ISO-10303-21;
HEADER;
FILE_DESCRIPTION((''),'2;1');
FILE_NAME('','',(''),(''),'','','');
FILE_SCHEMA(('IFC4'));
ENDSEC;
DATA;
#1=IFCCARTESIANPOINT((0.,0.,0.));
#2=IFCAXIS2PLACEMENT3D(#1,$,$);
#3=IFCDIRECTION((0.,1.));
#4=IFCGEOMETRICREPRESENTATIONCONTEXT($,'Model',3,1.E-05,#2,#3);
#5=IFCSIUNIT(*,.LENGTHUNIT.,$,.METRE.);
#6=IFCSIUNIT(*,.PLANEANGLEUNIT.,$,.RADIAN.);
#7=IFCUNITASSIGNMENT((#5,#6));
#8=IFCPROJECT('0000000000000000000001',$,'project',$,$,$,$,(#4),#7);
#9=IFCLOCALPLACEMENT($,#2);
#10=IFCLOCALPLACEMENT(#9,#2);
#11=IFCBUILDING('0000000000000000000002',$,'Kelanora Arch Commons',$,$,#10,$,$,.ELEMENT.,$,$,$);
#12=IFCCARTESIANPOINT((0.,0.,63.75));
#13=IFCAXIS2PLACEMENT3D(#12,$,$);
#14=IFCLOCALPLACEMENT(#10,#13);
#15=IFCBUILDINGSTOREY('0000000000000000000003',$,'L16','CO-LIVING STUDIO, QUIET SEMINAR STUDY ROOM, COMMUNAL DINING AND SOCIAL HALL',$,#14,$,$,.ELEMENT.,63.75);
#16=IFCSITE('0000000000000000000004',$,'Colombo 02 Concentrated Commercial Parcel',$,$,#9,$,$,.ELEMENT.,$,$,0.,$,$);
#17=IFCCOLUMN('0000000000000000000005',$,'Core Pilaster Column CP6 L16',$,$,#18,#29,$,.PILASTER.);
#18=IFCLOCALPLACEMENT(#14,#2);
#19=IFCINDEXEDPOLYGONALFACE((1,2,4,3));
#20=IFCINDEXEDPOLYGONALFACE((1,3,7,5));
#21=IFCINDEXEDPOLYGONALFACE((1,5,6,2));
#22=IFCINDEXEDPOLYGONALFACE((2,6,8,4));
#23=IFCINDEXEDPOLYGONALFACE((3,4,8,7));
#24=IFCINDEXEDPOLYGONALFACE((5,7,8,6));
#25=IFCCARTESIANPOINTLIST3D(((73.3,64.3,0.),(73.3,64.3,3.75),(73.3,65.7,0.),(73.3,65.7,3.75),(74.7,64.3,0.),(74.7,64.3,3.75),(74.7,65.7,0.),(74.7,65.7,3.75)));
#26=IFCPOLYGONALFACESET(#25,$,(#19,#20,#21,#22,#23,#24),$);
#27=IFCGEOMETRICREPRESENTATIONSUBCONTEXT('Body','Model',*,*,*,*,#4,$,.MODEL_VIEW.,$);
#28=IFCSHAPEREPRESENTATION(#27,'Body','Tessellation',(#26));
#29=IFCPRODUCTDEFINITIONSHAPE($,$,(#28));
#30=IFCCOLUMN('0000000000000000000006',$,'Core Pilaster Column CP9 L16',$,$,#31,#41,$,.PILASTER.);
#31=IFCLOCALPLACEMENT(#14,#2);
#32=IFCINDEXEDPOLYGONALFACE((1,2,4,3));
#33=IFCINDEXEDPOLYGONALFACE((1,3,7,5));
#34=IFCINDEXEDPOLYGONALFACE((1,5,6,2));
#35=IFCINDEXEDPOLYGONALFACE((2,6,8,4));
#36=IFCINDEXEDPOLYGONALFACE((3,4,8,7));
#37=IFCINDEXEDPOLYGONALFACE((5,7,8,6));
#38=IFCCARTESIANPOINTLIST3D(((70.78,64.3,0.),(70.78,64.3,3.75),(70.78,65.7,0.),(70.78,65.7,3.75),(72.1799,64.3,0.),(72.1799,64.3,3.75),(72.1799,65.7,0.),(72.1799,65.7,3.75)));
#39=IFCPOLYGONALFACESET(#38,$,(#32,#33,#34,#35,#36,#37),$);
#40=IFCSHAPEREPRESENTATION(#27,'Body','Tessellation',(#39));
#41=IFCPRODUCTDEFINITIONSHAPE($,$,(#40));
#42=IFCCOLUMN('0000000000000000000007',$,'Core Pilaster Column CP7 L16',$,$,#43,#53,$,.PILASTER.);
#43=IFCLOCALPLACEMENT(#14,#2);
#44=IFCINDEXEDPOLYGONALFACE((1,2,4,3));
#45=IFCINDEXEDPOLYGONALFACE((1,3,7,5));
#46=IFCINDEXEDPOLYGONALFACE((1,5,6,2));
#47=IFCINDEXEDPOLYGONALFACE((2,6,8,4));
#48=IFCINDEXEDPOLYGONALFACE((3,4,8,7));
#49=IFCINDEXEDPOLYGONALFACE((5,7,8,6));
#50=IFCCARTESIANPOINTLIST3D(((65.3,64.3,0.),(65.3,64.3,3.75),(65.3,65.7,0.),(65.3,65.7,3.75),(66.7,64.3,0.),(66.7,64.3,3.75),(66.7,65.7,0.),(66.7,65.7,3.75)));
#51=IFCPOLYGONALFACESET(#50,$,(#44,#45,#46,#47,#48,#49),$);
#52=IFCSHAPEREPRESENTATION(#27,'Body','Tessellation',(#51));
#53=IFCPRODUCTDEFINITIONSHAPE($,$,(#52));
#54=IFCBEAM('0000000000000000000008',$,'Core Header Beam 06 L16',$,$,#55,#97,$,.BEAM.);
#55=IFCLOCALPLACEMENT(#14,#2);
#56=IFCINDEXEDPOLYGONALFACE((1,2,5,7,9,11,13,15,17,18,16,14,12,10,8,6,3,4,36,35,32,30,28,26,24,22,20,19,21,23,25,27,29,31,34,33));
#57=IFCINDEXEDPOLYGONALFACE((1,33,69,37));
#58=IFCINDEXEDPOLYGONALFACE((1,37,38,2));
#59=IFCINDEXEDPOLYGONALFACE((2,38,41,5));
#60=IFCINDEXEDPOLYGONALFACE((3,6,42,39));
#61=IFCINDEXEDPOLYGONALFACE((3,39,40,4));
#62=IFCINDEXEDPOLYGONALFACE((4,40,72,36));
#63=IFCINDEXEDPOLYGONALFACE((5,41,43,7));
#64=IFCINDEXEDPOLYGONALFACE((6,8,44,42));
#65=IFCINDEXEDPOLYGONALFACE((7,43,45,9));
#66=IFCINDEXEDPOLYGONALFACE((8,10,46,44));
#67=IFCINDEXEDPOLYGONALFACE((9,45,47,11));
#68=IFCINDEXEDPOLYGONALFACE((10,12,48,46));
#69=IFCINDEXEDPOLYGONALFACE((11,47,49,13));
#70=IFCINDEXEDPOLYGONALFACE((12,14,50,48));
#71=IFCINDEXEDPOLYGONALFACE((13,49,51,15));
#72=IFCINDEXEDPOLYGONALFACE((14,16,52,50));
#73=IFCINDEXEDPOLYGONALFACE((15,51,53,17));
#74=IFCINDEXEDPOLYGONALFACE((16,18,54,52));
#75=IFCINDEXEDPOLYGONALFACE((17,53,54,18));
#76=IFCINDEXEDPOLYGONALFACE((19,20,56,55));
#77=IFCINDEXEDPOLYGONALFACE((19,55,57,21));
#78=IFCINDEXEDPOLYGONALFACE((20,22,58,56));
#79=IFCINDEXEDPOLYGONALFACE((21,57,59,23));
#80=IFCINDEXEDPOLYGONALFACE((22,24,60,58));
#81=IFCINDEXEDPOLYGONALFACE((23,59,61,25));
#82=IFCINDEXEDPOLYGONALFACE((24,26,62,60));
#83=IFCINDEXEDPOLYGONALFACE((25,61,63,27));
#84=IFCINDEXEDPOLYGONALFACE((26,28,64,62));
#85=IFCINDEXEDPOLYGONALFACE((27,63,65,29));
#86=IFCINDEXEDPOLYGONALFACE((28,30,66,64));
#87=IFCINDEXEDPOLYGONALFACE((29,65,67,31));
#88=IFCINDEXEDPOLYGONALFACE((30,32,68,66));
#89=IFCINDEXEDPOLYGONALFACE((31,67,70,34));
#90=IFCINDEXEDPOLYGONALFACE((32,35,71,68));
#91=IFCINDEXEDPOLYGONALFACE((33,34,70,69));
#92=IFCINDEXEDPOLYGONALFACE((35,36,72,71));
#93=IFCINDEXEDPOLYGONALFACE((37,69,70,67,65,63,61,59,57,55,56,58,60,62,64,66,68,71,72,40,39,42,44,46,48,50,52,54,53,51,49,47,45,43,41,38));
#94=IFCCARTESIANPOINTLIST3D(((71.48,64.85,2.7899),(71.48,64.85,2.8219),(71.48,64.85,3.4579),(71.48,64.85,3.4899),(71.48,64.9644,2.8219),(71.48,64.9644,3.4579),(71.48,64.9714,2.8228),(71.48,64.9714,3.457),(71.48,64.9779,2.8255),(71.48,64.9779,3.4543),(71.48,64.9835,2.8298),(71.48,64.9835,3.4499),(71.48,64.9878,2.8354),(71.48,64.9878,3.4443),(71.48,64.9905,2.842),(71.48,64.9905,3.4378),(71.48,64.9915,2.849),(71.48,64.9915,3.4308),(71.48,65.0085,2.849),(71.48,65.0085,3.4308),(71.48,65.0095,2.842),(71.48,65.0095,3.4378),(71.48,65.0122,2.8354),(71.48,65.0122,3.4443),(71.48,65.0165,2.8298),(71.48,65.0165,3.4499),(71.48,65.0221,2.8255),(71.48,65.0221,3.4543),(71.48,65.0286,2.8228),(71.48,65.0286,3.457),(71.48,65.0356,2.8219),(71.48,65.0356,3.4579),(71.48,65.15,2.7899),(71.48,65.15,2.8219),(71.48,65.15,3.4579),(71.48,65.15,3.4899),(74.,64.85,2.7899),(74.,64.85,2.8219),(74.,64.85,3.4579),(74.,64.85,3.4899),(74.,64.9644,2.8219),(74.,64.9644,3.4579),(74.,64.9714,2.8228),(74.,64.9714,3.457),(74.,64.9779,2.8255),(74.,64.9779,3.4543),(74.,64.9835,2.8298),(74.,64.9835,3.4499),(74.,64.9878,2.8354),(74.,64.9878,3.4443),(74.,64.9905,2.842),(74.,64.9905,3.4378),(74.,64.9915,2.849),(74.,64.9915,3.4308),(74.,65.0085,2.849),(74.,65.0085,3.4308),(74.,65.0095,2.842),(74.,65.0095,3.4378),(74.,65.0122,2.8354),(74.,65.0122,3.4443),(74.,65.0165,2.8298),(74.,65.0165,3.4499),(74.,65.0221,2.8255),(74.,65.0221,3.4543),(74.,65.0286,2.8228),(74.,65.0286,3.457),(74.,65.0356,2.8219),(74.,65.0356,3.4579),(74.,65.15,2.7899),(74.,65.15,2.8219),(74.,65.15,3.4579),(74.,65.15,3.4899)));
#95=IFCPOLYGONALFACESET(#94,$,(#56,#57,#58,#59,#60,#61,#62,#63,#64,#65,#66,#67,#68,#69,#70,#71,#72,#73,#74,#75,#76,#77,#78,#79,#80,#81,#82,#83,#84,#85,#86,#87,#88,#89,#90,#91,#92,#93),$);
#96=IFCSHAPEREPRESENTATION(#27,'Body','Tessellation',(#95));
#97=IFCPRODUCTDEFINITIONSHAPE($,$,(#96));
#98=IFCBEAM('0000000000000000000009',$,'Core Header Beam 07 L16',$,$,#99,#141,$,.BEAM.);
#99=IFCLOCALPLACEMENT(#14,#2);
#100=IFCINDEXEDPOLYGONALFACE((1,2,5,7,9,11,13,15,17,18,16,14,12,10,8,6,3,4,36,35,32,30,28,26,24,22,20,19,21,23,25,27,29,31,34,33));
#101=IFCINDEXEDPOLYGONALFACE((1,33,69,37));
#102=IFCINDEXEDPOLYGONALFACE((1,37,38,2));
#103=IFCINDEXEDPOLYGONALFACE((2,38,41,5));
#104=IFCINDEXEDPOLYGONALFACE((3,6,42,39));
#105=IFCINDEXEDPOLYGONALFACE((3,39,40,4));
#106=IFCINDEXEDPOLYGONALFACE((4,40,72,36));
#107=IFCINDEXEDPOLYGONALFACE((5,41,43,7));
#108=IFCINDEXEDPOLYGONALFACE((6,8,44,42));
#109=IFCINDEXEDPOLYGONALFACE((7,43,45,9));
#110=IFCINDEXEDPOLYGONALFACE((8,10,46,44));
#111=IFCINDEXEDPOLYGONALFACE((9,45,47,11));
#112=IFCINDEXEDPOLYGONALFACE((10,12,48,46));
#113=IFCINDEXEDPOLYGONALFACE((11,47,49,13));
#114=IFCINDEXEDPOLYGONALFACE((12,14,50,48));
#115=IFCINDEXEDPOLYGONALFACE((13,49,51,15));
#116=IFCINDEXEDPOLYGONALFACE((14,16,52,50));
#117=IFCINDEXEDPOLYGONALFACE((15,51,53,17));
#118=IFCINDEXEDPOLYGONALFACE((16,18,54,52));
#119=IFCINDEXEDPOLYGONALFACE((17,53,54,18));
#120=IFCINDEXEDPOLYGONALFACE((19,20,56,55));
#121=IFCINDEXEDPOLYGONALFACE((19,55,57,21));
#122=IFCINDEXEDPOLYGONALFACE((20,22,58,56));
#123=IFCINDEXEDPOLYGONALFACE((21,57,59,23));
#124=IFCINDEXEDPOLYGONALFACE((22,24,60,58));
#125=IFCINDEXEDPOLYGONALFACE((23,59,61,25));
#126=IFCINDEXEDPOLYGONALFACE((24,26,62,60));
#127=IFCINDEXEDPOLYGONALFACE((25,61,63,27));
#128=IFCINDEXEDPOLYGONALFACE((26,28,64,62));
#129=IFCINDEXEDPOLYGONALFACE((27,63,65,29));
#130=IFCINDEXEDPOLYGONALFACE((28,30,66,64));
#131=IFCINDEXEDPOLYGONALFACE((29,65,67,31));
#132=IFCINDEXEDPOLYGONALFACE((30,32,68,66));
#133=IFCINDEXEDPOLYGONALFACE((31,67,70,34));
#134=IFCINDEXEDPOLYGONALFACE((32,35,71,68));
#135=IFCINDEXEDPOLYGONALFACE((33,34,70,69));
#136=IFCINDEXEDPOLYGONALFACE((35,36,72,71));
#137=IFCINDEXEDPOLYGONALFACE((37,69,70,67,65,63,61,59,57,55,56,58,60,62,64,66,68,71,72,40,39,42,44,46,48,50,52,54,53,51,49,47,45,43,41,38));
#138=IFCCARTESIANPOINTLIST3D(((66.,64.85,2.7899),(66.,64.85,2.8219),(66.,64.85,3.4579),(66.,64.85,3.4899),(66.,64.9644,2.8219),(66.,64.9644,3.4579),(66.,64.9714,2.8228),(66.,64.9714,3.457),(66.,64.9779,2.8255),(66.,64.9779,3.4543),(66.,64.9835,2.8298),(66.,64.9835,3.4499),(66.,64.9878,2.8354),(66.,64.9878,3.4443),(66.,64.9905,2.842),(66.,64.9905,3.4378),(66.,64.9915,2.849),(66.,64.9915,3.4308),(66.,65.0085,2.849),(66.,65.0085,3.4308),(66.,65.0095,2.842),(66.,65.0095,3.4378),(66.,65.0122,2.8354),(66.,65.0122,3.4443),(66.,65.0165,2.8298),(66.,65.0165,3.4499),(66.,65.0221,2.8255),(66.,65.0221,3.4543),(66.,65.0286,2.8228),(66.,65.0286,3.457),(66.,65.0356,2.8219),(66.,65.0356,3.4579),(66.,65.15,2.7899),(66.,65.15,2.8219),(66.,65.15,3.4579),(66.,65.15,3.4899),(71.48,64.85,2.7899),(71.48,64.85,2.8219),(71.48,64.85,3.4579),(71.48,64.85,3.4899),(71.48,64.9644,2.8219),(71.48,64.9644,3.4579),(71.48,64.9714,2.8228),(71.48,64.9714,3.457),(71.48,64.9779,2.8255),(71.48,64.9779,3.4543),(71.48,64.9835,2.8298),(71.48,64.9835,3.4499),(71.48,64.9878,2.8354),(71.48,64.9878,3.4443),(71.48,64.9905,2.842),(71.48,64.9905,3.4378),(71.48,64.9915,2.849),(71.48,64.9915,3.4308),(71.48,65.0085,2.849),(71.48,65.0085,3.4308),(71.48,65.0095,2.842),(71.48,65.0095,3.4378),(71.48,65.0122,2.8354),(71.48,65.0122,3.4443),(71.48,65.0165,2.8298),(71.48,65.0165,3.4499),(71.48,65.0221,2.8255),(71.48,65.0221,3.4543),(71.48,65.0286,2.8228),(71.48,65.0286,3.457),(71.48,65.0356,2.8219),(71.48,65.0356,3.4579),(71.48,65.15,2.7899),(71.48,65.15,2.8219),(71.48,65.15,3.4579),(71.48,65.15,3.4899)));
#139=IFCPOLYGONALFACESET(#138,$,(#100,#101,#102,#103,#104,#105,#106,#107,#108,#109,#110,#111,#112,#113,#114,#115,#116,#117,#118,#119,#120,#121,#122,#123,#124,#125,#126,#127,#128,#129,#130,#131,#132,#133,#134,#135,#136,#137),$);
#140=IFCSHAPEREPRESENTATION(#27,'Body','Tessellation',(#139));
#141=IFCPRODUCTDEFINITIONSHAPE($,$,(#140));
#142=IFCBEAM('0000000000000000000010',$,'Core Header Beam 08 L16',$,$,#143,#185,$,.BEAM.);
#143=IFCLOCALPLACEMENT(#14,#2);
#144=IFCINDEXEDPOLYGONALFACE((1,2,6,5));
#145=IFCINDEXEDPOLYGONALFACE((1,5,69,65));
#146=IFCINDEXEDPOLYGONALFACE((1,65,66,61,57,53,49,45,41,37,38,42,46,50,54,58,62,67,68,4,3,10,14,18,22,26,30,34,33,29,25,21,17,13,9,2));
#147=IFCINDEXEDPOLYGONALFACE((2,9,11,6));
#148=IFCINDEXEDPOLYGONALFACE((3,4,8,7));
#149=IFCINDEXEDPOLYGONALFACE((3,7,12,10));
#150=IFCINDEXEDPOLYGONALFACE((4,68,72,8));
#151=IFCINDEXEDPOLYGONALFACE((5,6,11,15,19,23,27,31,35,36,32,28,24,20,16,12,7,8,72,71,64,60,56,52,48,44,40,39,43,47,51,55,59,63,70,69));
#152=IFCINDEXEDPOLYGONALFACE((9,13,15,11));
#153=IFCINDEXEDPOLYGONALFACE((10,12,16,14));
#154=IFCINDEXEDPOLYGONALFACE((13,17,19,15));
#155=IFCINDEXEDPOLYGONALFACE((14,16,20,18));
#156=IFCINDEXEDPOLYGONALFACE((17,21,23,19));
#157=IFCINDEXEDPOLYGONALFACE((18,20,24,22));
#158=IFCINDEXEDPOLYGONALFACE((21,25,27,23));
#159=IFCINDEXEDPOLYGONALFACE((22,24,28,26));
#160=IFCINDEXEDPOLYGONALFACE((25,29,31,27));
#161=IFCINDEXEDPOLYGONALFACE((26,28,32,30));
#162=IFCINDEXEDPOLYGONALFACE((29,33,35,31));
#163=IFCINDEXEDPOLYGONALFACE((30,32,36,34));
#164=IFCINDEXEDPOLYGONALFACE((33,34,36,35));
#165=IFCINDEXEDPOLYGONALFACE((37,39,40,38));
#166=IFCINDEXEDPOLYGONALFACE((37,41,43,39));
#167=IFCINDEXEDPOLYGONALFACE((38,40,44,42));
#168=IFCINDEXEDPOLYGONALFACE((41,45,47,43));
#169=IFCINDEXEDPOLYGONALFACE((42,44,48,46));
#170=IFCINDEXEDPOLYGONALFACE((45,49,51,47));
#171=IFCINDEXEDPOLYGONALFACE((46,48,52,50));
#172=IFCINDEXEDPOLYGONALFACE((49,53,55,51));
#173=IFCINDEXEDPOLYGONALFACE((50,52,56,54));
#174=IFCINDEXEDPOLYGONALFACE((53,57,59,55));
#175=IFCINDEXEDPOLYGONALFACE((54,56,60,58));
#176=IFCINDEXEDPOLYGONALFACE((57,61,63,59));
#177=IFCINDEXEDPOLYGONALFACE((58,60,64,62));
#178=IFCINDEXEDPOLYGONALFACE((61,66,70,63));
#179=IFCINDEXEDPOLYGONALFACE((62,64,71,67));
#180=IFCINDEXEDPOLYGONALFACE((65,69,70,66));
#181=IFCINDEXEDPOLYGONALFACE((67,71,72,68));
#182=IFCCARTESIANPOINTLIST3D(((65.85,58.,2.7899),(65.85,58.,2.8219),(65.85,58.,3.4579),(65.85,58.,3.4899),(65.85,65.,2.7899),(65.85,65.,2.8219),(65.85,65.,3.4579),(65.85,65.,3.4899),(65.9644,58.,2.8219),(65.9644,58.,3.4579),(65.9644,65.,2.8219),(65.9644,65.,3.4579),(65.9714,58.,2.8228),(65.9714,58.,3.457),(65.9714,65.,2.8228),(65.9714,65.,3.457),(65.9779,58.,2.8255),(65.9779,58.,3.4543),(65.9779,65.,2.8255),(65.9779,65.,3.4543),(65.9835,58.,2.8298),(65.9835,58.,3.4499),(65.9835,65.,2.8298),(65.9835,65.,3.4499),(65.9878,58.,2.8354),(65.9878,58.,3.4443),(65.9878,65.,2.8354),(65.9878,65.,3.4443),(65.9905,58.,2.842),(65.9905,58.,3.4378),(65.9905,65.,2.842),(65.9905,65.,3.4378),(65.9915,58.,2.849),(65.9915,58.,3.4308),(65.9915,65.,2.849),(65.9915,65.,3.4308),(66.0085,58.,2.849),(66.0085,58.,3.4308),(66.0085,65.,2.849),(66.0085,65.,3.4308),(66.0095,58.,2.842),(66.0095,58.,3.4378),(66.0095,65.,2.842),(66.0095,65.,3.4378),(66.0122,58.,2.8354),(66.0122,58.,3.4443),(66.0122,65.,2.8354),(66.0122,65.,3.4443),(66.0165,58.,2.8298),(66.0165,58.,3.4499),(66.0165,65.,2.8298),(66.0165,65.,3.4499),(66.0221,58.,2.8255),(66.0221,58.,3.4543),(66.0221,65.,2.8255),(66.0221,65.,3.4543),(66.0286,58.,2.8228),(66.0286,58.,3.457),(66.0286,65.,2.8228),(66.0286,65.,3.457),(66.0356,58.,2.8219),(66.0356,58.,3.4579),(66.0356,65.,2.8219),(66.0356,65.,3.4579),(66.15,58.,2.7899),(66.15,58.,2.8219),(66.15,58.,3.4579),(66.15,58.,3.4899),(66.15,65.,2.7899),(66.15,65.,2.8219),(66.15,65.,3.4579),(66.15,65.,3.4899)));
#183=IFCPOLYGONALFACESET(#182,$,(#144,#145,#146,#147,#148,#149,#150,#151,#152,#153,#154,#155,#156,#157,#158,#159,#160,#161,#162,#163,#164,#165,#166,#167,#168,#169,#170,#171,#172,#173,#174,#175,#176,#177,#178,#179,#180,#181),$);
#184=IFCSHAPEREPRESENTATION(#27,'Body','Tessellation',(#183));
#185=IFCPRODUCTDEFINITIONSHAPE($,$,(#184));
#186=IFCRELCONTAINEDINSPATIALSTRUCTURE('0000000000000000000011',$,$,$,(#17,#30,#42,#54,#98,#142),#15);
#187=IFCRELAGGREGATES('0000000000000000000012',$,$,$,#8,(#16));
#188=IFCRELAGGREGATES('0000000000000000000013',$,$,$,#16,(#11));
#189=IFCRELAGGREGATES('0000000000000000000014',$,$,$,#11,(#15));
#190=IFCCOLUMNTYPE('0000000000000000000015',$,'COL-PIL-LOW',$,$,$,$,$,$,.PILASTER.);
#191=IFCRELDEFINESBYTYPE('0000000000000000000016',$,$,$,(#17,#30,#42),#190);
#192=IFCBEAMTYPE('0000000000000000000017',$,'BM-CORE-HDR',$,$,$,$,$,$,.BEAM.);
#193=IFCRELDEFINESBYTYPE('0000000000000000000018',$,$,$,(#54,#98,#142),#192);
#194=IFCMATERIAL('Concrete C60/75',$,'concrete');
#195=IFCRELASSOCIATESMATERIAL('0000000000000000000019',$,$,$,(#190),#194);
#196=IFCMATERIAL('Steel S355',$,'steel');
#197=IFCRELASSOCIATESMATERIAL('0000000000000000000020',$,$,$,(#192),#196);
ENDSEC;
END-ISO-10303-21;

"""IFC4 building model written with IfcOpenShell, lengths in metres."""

from ifc_helpers import new_model, si_unit, direction, frame, origin, origin_2d, place, context, subcontext, project, spatial, rectangle, i_section, extrude, material, material_profile, profile_set, type_object, element, save


model = new_model("IFC4")

# Units and contexts
model_context = context("Model", 3, precision=1e-05, world=origin(), true_north=direction((0.0, 1.0)))
body_context = subcontext(model_context, "Body", "Model", "MODEL_VIEW")
ifc_project = project(units=[si_unit("LENGTHUNIT", "METRE"), si_unit("PLANEANGLEUNIT", "RADIAN")], contexts=[model_context])

# Site, building, storey
site_placement = place(None, origin())
site = spatial("IfcSite", under=ifc_project, at=site_placement, Name="Colombo 02 Concentrated Commercial Parcel", CompositionType="ELEMENT", RefElevation=0.0)
building_placement = place(site_placement, origin())
building = spatial("IfcBuilding", under=site, at=building_placement, Name="Kelanora Arch Commons", CompositionType="ELEMENT")
storey_placement = place(building_placement, frame((0.0, 0.0, 63.75)))
storey = spatial("IfcBuildingStorey", under=building, at=storey_placement, Name="L16", Description="CO-LIVING STUDIO, QUIET SEMINAR STUDY ROOM, COMMUNAL DINING AND SOCIAL HALL", CompositionType="ELEMENT", Elevation=63.75)

# Columns
ifc_material_1 = material(Name="Concrete C60/75", Category="concrete")
ifc_material_profile_1 = material_profile(ifc_material_1, rectangle(XDim=1.3999, YDim=1.3999, at=origin_2d()), Name="RC1400x1400")
ifc_profile_set_1 = profile_set([ifc_material_profile_1], Name="Concrete C60/75")
column_type = type_object("IfcColumnType", Name="COL-PIL-LOW", PredefinedType="PILASTER", material=ifc_profile_set_1)
for number, where, z_axis, x_axis, name in (
    (1, (74.0, 65.0, 0.0), (0.0, 0.0, 1.0), (1.0, 0.0, 0.0), "Core Pilaster Column CP6 L16"),
    (2, (71.48, 65.0, 0.0), (0.0, 0.0, 1.0), (1.0, 0.0, 0.0), "Core Pilaster Column CP9 L16"),
    (3, (66.0, 65.0, 0.0), (0.0, 0.0, 1.0), (1.0, 0.0, 0.0), "Core Pilaster Column CP7 L16"),
):
    element("IfcColumn", number, at=place(storey_placement, frame(where, z_axis=z_axis, x_axis=x_axis)), inside=storey, type_object=column_type, Name=name, PredefinedType="PILASTER", context=body_context, shape_type="SweptSolid", body=[
        extrude(rectangle(XDim=1.3999, YDim=1.3999, at=origin_2d()), origin(), (0.0, 0.0, 1.0), 3.75),
    ])

# Beams
ifc_material_2 = material(Name="Steel S355", Category="steel")
ifc_material_profile_2 = material_profile(ifc_material_2, i_section(OverallWidth=0.3, OverallDepth=0.7, WebThickness=0.0171, FlangeThickness=0.032, FilletRadius=0.0271, at=origin_2d()), Name="HEB700")
ifc_profile_set_2 = profile_set([ifc_material_profile_2], Name="Steel S355")
beam_type_1 = type_object("IfcBeamType", Name="BM-CORE-HDR", PredefinedType="BEAM", material=ifc_profile_set_2)
beam_1_placement = place(storey_placement, frame((74.0, 65.0, 3.1399), z_axis=(-1.0, 0.0, 0.0), x_axis=(0.0, -1.0, 0.0)))
element("IfcBeam", 4, at=beam_1_placement, inside=storey, type_object=beam_type_1, Name="Core Header Beam 06 L16", PredefinedType="BEAM", context=body_context, shape_type="SweptSolid", body=[
    extrude(i_section(OverallWidth=0.3, OverallDepth=0.7, WebThickness=0.0171, FlangeThickness=0.032, FilletRadius=0.0271, at=origin_2d()), origin(), (0.0, 0.0, 1.0), 2.52),
])
beam_2_placement = place(storey_placement, frame((71.48, 65.0, 3.1399), z_axis=(-1.0, 0.0, 0.0), x_axis=(0.0, -1.0, 0.0)))
element("IfcBeam", 5, at=beam_2_placement, inside=storey, type_object=beam_type_1, Name="Core Header Beam 07 L16", PredefinedType="BEAM", context=body_context, shape_type="SweptSolid", body=[
    extrude(i_section(OverallWidth=0.3, OverallDepth=0.7, WebThickness=0.0171, FlangeThickness=0.032, FilletRadius=0.0271, at=origin_2d()), origin(), (0.0, 0.0, 1.0), 5.48),
])
beam_3_placement = place(storey_placement, frame((66.0, 65.0, 3.1399), z_axis=(0.0, -1.0, 0.0), x_axis=(1.0, 0.0, 0.0)))
element("IfcBeam", 6, at=beam_3_placement, inside=storey, type_object=beam_type_1, Name="Core Header Beam 08 L16", PredefinedType="BEAM", context=body_context, shape_type="SweptSolid", body=[
    extrude(i_section(OverallWidth=0.3, OverallDepth=0.7, WebThickness=0.0171, FlangeThickness=0.032, FilletRadius=0.0271, at=origin_2d()), origin(), (0.0, 0.0, 1.0), 7.0),
])

save(model, "model.ifc")
